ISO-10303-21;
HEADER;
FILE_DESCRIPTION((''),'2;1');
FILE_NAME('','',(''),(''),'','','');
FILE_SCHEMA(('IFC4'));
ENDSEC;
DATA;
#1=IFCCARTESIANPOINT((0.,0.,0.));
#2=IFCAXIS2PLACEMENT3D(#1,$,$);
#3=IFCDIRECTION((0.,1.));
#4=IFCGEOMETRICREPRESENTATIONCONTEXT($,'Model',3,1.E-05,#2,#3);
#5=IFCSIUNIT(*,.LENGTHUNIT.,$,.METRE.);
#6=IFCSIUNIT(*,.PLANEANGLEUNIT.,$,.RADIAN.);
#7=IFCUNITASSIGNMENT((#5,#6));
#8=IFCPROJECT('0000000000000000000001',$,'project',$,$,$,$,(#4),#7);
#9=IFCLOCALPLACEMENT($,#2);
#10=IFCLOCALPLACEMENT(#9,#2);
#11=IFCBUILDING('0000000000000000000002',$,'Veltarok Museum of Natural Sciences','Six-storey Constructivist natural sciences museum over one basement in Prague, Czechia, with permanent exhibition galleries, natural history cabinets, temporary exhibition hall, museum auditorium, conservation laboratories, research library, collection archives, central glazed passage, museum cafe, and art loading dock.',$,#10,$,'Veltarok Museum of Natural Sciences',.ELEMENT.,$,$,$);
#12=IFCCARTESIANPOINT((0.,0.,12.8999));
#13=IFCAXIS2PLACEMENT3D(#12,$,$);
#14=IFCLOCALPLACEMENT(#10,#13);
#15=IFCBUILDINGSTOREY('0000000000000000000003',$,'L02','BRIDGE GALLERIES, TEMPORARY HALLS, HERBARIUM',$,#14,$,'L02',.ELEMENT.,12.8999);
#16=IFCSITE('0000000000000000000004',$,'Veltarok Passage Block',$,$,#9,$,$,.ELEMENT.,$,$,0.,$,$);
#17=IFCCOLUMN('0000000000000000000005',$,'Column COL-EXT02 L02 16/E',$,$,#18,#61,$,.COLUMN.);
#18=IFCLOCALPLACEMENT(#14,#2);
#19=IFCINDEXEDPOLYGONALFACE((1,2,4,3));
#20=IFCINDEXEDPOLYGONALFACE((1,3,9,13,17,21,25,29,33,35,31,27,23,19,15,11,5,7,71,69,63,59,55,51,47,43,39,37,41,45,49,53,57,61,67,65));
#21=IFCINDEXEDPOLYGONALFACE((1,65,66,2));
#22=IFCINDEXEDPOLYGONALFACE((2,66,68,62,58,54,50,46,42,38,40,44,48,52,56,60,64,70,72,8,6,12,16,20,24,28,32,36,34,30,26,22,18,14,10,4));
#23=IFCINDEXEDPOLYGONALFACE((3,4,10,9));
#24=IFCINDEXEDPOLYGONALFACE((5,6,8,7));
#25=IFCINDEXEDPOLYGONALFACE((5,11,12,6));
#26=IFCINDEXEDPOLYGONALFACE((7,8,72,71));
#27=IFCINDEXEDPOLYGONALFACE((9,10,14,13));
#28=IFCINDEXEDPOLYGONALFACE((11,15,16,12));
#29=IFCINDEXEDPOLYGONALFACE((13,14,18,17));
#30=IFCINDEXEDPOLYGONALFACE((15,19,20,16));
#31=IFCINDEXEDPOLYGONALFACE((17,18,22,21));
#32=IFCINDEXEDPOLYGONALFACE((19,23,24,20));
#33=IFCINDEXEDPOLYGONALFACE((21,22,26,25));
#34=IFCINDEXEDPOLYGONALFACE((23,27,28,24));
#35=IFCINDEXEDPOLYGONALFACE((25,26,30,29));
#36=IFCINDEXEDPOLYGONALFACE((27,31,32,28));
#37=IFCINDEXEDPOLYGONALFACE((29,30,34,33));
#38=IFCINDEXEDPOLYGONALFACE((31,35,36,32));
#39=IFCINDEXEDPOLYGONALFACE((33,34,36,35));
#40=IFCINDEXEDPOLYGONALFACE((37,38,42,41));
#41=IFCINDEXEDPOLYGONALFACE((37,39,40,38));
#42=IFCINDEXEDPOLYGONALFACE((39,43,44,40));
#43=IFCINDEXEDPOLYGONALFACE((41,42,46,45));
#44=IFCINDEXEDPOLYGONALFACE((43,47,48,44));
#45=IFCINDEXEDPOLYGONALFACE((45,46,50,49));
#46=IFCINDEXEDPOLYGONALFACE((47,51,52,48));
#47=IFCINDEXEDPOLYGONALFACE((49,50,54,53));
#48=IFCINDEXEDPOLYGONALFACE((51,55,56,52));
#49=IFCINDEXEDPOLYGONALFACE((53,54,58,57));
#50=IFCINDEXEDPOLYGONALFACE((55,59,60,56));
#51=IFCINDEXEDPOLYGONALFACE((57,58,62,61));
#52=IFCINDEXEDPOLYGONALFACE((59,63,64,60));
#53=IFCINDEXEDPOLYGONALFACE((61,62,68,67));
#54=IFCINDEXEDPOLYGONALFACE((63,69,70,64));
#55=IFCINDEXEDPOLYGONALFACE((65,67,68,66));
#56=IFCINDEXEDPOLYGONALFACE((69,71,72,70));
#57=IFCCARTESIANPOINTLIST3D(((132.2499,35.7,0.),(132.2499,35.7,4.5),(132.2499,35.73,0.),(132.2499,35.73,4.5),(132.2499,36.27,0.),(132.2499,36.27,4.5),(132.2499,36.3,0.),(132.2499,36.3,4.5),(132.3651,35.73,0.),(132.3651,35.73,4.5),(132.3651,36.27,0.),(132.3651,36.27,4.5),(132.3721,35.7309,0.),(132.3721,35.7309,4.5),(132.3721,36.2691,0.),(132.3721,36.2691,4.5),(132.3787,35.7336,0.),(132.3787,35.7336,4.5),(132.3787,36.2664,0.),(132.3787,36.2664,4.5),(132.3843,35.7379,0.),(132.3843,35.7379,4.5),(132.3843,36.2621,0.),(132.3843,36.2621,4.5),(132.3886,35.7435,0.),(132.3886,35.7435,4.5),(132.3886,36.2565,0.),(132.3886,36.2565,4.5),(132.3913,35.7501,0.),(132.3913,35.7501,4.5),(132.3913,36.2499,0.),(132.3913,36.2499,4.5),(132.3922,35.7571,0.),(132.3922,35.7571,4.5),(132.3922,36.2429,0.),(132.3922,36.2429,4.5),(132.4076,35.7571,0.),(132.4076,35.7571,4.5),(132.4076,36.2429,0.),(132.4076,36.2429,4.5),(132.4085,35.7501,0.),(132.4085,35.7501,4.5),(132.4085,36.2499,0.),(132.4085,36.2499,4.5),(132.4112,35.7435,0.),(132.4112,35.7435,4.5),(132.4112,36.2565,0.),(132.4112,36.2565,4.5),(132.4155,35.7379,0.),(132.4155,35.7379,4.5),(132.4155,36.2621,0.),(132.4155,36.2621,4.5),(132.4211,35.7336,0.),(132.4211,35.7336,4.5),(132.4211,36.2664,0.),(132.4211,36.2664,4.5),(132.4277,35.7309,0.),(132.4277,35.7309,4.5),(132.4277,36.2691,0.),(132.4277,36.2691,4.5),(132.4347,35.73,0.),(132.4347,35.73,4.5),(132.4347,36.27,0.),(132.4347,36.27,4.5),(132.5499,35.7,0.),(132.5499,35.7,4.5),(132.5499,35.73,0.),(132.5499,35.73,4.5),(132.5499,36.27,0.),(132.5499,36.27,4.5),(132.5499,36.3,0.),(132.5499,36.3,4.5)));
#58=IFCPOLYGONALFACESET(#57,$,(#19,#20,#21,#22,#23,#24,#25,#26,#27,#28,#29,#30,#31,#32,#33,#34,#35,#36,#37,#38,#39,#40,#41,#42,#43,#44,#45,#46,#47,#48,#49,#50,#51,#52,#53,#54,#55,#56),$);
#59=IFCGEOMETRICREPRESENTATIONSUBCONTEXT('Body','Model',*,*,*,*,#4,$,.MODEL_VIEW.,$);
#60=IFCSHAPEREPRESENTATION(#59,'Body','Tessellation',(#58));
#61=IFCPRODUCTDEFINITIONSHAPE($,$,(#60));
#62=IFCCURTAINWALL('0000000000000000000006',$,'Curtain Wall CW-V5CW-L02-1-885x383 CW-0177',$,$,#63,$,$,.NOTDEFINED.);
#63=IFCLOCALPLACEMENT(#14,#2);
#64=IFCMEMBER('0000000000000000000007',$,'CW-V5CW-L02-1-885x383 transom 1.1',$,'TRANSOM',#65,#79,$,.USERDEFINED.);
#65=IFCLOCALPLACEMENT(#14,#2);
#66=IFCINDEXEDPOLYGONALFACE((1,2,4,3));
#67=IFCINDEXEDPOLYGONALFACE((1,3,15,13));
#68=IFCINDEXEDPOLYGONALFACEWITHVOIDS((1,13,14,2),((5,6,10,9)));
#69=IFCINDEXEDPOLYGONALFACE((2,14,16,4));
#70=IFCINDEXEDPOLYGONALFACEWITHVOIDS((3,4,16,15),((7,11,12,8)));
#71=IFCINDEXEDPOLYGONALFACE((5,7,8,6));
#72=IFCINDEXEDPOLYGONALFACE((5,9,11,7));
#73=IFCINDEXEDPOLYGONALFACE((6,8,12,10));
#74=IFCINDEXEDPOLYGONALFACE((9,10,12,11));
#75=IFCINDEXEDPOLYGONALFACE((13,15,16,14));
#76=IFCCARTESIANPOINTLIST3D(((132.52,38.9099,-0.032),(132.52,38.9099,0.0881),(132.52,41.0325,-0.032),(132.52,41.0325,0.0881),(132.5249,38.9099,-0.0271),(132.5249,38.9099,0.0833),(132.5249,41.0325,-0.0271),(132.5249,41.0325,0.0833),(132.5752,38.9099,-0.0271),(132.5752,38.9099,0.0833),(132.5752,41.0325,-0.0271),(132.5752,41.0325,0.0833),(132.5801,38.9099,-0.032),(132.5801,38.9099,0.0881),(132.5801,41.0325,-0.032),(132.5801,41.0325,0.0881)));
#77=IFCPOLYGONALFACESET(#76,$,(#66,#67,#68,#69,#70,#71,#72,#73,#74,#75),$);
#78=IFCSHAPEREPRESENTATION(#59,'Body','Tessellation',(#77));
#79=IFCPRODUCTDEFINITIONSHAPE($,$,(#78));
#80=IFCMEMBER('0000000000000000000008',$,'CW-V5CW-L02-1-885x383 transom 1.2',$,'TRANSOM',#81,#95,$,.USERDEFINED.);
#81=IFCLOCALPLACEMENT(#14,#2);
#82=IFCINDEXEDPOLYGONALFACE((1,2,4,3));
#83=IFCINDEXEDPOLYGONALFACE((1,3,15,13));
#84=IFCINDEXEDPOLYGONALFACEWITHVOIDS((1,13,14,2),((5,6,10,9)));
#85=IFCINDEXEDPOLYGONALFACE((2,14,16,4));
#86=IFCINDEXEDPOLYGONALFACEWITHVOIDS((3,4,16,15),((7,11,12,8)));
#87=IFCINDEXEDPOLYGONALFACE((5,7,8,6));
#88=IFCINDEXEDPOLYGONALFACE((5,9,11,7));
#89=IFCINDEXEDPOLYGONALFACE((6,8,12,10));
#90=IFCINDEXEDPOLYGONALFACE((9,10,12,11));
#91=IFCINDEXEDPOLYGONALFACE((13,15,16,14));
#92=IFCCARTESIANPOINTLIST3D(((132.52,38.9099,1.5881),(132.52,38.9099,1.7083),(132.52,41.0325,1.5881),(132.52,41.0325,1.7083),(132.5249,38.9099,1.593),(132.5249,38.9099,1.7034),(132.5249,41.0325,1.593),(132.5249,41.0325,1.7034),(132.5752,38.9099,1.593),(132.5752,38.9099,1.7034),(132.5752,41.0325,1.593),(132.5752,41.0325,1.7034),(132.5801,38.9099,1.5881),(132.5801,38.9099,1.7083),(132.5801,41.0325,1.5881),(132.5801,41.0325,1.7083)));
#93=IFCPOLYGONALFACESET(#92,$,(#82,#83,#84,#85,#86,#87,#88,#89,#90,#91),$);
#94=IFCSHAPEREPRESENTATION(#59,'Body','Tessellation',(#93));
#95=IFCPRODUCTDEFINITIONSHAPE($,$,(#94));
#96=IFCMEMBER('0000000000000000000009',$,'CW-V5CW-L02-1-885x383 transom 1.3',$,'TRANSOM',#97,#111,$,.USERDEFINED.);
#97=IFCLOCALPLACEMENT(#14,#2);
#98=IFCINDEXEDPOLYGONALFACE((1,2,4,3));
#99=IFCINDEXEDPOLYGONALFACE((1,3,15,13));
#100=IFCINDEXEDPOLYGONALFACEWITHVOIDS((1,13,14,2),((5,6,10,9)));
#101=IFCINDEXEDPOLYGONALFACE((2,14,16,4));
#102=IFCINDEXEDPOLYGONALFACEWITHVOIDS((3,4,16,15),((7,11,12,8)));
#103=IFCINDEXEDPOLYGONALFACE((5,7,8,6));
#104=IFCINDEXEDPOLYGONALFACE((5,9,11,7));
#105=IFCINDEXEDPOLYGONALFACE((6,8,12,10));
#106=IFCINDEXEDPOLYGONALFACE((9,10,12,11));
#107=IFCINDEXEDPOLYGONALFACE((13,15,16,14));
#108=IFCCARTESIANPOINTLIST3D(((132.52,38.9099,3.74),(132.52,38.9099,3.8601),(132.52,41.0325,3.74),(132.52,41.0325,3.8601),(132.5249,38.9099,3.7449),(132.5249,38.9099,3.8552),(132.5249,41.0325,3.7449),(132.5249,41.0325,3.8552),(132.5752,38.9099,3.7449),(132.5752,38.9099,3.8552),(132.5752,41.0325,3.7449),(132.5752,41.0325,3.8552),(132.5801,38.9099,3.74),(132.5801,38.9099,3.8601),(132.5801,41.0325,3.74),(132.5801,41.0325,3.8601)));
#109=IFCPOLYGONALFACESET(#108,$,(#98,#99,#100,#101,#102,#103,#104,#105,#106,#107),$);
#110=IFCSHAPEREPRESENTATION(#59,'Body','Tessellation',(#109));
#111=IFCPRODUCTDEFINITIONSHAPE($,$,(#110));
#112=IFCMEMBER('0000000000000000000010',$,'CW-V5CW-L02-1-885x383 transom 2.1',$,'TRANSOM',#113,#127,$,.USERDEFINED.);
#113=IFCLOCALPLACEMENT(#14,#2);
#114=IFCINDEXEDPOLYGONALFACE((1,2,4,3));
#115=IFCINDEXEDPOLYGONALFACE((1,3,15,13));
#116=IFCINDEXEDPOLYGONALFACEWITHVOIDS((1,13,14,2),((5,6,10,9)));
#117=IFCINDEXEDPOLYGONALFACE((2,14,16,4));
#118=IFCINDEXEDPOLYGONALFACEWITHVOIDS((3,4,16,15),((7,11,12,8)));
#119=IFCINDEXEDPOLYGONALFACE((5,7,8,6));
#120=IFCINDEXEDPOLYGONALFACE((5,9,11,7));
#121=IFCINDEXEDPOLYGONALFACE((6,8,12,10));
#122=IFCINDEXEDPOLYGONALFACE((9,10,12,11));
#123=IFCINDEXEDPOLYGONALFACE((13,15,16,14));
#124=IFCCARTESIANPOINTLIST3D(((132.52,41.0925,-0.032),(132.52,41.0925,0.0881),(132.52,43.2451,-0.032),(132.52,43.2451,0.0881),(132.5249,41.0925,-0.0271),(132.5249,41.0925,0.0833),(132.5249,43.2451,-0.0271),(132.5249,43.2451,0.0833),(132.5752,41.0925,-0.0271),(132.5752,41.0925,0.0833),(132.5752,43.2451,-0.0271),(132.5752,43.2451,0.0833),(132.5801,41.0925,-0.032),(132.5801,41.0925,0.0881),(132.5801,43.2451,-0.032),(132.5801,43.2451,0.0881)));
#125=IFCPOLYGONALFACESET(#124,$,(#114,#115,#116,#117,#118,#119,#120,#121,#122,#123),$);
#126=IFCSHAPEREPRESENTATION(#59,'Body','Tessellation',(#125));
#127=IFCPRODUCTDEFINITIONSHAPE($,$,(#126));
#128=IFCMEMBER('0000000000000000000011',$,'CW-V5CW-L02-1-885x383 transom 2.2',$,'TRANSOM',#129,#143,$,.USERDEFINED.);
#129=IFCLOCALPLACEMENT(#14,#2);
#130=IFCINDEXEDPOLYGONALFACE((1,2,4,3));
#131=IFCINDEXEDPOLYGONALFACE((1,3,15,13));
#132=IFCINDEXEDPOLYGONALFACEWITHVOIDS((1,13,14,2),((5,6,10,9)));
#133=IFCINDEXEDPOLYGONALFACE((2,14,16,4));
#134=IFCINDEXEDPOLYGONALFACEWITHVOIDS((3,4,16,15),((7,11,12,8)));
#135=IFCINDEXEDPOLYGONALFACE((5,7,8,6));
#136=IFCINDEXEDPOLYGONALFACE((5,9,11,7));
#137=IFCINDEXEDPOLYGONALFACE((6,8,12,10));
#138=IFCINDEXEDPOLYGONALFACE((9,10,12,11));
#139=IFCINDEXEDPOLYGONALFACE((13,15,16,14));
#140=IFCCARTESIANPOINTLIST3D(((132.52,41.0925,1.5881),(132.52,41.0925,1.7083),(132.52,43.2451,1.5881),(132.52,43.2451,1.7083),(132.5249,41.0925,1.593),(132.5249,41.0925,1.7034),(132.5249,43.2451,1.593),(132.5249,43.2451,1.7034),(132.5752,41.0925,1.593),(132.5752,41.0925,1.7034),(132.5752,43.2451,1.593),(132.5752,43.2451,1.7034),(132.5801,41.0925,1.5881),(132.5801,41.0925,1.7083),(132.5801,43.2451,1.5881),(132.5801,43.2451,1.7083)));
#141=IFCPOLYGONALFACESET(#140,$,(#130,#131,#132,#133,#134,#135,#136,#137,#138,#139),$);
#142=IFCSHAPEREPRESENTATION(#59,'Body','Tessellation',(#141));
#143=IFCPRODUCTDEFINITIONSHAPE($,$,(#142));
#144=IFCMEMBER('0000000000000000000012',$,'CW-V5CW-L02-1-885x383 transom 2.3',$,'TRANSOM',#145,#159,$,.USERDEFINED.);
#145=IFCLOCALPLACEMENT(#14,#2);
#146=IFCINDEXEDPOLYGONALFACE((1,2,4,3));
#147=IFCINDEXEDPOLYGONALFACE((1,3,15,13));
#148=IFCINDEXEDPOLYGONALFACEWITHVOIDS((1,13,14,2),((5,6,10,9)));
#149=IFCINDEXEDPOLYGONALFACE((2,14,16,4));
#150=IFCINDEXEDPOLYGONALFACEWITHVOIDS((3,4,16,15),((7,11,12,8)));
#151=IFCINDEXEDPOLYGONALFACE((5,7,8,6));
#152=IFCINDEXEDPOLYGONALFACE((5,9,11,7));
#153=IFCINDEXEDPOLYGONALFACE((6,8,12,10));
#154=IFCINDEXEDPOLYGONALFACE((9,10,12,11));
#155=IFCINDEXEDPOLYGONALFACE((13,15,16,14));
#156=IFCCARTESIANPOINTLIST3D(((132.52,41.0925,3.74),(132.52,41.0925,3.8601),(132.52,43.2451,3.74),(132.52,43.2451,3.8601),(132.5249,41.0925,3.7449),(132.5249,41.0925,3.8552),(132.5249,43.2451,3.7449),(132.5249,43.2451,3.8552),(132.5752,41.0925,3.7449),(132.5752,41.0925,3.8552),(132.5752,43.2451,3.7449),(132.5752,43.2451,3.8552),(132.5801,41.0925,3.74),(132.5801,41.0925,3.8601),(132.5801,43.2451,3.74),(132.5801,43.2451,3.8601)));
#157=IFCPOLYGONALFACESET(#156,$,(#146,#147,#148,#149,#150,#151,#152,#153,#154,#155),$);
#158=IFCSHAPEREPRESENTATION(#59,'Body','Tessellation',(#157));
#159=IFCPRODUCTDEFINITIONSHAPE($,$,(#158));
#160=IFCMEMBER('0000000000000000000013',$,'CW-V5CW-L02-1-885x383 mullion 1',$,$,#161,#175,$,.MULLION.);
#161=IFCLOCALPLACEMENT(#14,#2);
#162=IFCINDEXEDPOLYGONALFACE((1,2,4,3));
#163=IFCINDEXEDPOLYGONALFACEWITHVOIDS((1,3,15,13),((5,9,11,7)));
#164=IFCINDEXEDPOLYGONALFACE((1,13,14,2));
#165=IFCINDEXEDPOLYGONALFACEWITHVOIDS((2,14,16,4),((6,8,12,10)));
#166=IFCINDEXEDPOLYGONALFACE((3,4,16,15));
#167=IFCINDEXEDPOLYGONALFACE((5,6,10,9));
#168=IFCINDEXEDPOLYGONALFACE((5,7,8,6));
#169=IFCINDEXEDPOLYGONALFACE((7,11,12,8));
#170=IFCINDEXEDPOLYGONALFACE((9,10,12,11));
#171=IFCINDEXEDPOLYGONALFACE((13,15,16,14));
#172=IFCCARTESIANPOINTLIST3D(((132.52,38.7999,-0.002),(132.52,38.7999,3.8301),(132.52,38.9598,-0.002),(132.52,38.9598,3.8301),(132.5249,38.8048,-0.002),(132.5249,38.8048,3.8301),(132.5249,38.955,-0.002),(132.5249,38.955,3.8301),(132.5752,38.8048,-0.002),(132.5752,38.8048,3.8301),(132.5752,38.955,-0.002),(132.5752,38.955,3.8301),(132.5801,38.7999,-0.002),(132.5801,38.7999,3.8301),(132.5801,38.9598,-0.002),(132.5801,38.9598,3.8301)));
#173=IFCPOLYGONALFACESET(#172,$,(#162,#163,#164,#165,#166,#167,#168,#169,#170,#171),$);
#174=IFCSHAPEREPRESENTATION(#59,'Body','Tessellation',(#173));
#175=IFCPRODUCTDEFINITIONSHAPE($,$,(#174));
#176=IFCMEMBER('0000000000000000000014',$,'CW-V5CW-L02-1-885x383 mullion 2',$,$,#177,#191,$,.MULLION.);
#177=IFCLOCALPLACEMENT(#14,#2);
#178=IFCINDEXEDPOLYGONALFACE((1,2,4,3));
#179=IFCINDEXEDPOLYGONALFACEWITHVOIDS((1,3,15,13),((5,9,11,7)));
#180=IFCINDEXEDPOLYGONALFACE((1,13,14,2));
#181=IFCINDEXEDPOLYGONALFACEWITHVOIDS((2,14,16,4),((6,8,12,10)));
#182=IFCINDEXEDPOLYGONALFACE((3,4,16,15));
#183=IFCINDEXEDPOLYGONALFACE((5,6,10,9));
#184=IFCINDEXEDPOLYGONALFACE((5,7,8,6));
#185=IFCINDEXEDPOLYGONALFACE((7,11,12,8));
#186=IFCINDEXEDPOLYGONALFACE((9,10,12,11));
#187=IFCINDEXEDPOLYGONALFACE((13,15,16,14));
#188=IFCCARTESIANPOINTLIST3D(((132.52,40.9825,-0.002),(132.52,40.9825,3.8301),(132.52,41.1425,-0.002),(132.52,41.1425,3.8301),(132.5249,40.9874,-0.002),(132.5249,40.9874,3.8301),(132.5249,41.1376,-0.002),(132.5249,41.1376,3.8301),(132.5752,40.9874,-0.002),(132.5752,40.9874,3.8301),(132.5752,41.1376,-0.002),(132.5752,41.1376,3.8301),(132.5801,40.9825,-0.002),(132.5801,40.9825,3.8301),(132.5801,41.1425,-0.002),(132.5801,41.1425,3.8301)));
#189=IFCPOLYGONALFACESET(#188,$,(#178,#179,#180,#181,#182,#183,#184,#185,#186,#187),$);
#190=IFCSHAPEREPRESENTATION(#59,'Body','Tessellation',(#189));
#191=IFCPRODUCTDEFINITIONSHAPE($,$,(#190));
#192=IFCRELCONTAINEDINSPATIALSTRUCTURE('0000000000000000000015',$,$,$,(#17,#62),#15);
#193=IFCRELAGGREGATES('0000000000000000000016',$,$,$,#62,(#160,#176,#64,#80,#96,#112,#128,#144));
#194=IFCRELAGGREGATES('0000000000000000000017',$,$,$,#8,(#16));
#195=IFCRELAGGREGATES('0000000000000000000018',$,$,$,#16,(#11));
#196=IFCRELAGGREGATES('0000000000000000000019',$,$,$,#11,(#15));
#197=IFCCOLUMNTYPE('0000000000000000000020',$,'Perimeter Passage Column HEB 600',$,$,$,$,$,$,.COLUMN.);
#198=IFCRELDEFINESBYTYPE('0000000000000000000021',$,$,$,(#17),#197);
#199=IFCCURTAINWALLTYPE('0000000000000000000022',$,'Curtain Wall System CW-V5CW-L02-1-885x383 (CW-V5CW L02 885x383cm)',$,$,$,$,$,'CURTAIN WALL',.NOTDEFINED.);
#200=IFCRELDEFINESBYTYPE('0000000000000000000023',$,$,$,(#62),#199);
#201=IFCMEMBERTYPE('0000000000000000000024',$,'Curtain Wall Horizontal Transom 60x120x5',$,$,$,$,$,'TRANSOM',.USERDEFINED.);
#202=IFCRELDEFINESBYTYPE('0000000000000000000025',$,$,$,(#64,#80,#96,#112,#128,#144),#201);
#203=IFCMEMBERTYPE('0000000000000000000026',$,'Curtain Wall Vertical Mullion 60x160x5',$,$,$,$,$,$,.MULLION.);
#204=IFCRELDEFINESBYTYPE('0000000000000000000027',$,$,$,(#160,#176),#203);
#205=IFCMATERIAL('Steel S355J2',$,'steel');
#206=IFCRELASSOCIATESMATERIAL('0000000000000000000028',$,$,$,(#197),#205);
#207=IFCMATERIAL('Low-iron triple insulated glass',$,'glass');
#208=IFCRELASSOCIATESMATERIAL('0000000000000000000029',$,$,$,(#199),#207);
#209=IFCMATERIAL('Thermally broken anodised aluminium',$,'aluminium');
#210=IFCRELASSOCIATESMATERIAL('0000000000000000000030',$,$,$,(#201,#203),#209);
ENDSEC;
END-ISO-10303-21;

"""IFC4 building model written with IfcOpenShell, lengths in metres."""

from ifc_helpers import new_model, si_unit, direction, frame, origin, origin_2d, place, context, subcontext, project, spatial, hollow_rectangle, i_section, extrude, material, material_profile, profile_set, type_object, element, aggregate, save


model = new_model("IFC4")

# Units and contexts
model_context = context("Model", 3, precision=1e-05, world=origin(), true_north=direction((0.0, 1.0)))
body_context = subcontext(model_context, "Body", "Model", "MODEL_VIEW")
ifc_project = project(units=[si_unit("LENGTHUNIT", "METRE"), si_unit("PLANEANGLEUNIT", "RADIAN")], contexts=[model_context])

# Site, building, storey
site_placement = place(None, origin())
site = spatial("IfcSite", under=ifc_project, at=site_placement, Name="Veltarok Passage Block", CompositionType="ELEMENT", RefElevation=0.0)
building_placement = place(site_placement, origin())
building = spatial("IfcBuilding", under=site, at=building_placement, Name="Veltarok Museum of Natural Sciences", Description="Six-storey Constructivist natural sciences museum over one basement in Prague, Czechia, with permanent exhibition galleries, natural history cabinets, temporary exhibition hall, museum auditorium, conservation laboratories, research library, collection archives, central glazed passage, museum cafe, and art loading dock.", LongName="Veltarok Museum of Natural Sciences", CompositionType="ELEMENT")
storey_placement = place(building_placement, frame((0.0, 0.0, 12.8999)))
storey = spatial("IfcBuildingStorey", under=building, at=storey_placement, Name="L02", Description="BRIDGE GALLERIES, TEMPORARY HALLS, HERBARIUM", LongName="L02", CompositionType="ELEMENT", Elevation=12.8999)

# Column
ifc_material_1 = material(Name="Steel S355J2", Category="steel")
ifc_material_profile_1 = material_profile(ifc_material_1, i_section(OverallWidth=0.3, OverallDepth=0.6001, WebThickness=0.0154, FlangeThickness=0.03, FilletRadius=0.0271, at=origin_2d()), Name="HEB 600")
ifc_profile_set_1 = profile_set([ifc_material_profile_1], Name="Steel S355J2")
column_type = type_object("IfcColumnType", Name="Perimeter Passage Column HEB 600", PredefinedType="COLUMN", material=ifc_profile_set_1)
column_placement = place(storey_placement, frame((132.3999, 36.0, 0.0), z_axis=(0.0, 0.0, 1.0), x_axis=(1.0, 0.0, 0.0)))
element("IfcColumn", 1, at=column_placement, inside=storey, type_object=column_type, Name="Column COL-EXT02 L02 16/E", PredefinedType="COLUMN", context=body_context, shape_type="SweptSolid", body=[
    extrude(i_section(OverallWidth=0.3, OverallDepth=0.6001, WebThickness=0.0154, FlangeThickness=0.03, FilletRadius=0.0271, at=origin_2d()), origin(), (0.0, 0.0, 1.0), 4.5),
])

# Curtain wall, members
ifc_material_2 = material(Name="Low-iron triple insulated glass", Category="glass")
curtain_wall_type = type_object("IfcCurtainWallType", Name="Curtain Wall System CW-V5CW-L02-1-885x383 (CW-V5CW L02 885x383cm)", ElementType="CURTAIN WALL", PredefinedType="NOTDEFINED", material=ifc_material_2)
curtain_wall_placement = place(storey_placement, origin())
curtain_wall = element("IfcCurtainWall", 2, at=curtain_wall_placement, inside=storey, type_object=curtain_wall_type, Name="Curtain Wall CW-V5CW-L02-1-885x383 CW-0177", PredefinedType="NOTDEFINED")
ifc_material_3 = material(Name="Thermally broken anodised aluminium", Category="aluminium")
ifc_material_profile_2 = material_profile(ifc_material_3, hollow_rectangle(XDim=0.0601, YDim=0.1201, WallThickness=0.0049, at=origin_2d()), Name="CW TRANSOM 60x120x5")
ifc_profile_set_2 = profile_set([ifc_material_profile_2], Name="Thermally broken anodised aluminium")
member_type_1 = type_object("IfcMemberType", Name="Curtain Wall Horizontal Transom 60x120x5", ElementType="TRANSOM", PredefinedType="USERDEFINED", material=ifc_profile_set_2)
member_1_placement = place(storey_placement, frame((132.55, 38.9099, 0.0281), z_axis=(0.0, 1.0, 0.0), x_axis=(-1.0, 0.0, 0.0)))
member_1 = element("IfcMember", 3, at=member_1_placement, type_object=member_type_1, Name="CW-V5CW-L02-1-885x383 transom 1.1", ObjectType="TRANSOM", PredefinedType="USERDEFINED", context=body_context, shape_type="SweptSolid", body=[
    extrude(hollow_rectangle(XDim=0.0601, YDim=0.1201, WallThickness=0.0049, at=origin_2d()), origin(), (0.0, 0.0, 1.0), 2.1226),
])
member_2_placement = place(storey_placement, frame((132.55, 38.9099, 1.6482), z_axis=(0.0, 1.0, 0.0), x_axis=(-1.0, 0.0, 0.0)))
member_2 = element("IfcMember", 4, at=member_2_placement, type_object=member_type_1, Name="CW-V5CW-L02-1-885x383 transom 1.2", ObjectType="TRANSOM", PredefinedType="USERDEFINED", context=body_context, shape_type="SweptSolid", body=[
    extrude(hollow_rectangle(XDim=0.0601, YDim=0.1201, WallThickness=0.0049, at=origin_2d()), origin(), (0.0, 0.0, 1.0), 2.1226),
])
member_3_placement = place(storey_placement, frame((132.55, 38.9099, 3.8), z_axis=(0.0, 1.0, 0.0), x_axis=(-1.0, 0.0, 0.0)))
member_3 = element("IfcMember", 5, at=member_3_placement, type_object=member_type_1, Name="CW-V5CW-L02-1-885x383 transom 1.3", ObjectType="TRANSOM", PredefinedType="USERDEFINED", context=body_context, shape_type="SweptSolid", body=[
    extrude(hollow_rectangle(XDim=0.0601, YDim=0.1201, WallThickness=0.0049, at=origin_2d()), origin(), (0.0, 0.0, 1.0), 2.1226),
])
member_4_placement = place(storey_placement, frame((132.55, 41.0925, 0.0281), z_axis=(0.0, 1.0, 0.0), x_axis=(-1.0, 0.0, 0.0)))
member_4 = element("IfcMember", 6, at=member_4_placement, type_object=member_type_1, Name="CW-V5CW-L02-1-885x383 transom 2.1", ObjectType="TRANSOM", PredefinedType="USERDEFINED", context=body_context, shape_type="SweptSolid", body=[
    extrude(hollow_rectangle(XDim=0.0601, YDim=0.1201, WallThickness=0.0049, at=origin_2d()), origin(), (0.0, 0.0, 1.0), 2.1526),
])
member_5_placement = place(storey_placement, frame((132.55, 41.0925, 1.6482), z_axis=(0.0, 1.0, 0.0), x_axis=(-1.0, 0.0, 0.0)))
member_5 = element("IfcMember", 7, at=member_5_placement, type_object=member_type_1, Name="CW-V5CW-L02-1-885x383 transom 2.2", ObjectType="TRANSOM", PredefinedType="USERDEFINED", context=body_context, shape_type="SweptSolid", body=[
    extrude(hollow_rectangle(XDim=0.0601, YDim=0.1201, WallThickness=0.0049, at=origin_2d()), origin(), (0.0, 0.0, 1.0), 2.1526),
])
member_6_placement = place(storey_placement, frame((132.55, 41.0925, 3.8), z_axis=(0.0, 1.0, 0.0), x_axis=(-1.0, 0.0, 0.0)))
member_6 = element("IfcMember", 8, at=member_6_placement, type_object=member_type_1, Name="CW-V5CW-L02-1-885x383 transom 2.3", ObjectType="TRANSOM", PredefinedType="USERDEFINED", context=body_context, shape_type="SweptSolid", body=[
    extrude(hollow_rectangle(XDim=0.0601, YDim=0.1201, WallThickness=0.0049, at=origin_2d()), origin(), (0.0, 0.0, 1.0), 2.1526),
])
ifc_material_profile_3 = material_profile(ifc_material_3, hollow_rectangle(XDim=0.0601, YDim=0.1599, WallThickness=0.0049, at=origin_2d()), Name="CW MULLION 60x160x5")
ifc_profile_set_3 = profile_set([ifc_material_profile_3], Name="Thermally broken anodised aluminium")
member_type_2 = type_object("IfcMemberType", Name="Curtain Wall Vertical Mullion 60x160x5", PredefinedType="MULLION", material=ifc_profile_set_3)
member_7_placement = place(storey_placement, frame((132.55, 38.8799, -0.002), z_axis=(0.0, 0.0, 1.0), x_axis=(-1.0, 0.0, 0.0)))
member_7 = element("IfcMember", 9, at=member_7_placement, type_object=member_type_2, Name="CW-V5CW-L02-1-885x383 mullion 1", PredefinedType="MULLION", context=body_context, shape_type="SweptSolid", body=[
    extrude(hollow_rectangle(XDim=0.0601, YDim=0.1599, WallThickness=0.0049, at=origin_2d()), origin(), (0.0, 0.0, 1.0), 3.832),
])
member_8_placement = place(storey_placement, frame((132.55, 41.0625, -0.002), z_axis=(0.0, 0.0, 1.0), x_axis=(-1.0, 0.0, 0.0)))
member_8 = element("IfcMember", 10, at=member_8_placement, type_object=member_type_2, Name="CW-V5CW-L02-1-885x383 mullion 2", PredefinedType="MULLION", context=body_context, shape_type="SweptSolid", body=[
    extrude(hollow_rectangle(XDim=0.0601, YDim=0.1599, WallThickness=0.0049, at=origin_2d()), origin(), (0.0, 0.0, 1.0), 3.832),
])

aggregate(curtain_wall, [member_7, member_8, member_1, member_2, member_3, member_4, member_5, member_6])

save(model, "model.ifc")
